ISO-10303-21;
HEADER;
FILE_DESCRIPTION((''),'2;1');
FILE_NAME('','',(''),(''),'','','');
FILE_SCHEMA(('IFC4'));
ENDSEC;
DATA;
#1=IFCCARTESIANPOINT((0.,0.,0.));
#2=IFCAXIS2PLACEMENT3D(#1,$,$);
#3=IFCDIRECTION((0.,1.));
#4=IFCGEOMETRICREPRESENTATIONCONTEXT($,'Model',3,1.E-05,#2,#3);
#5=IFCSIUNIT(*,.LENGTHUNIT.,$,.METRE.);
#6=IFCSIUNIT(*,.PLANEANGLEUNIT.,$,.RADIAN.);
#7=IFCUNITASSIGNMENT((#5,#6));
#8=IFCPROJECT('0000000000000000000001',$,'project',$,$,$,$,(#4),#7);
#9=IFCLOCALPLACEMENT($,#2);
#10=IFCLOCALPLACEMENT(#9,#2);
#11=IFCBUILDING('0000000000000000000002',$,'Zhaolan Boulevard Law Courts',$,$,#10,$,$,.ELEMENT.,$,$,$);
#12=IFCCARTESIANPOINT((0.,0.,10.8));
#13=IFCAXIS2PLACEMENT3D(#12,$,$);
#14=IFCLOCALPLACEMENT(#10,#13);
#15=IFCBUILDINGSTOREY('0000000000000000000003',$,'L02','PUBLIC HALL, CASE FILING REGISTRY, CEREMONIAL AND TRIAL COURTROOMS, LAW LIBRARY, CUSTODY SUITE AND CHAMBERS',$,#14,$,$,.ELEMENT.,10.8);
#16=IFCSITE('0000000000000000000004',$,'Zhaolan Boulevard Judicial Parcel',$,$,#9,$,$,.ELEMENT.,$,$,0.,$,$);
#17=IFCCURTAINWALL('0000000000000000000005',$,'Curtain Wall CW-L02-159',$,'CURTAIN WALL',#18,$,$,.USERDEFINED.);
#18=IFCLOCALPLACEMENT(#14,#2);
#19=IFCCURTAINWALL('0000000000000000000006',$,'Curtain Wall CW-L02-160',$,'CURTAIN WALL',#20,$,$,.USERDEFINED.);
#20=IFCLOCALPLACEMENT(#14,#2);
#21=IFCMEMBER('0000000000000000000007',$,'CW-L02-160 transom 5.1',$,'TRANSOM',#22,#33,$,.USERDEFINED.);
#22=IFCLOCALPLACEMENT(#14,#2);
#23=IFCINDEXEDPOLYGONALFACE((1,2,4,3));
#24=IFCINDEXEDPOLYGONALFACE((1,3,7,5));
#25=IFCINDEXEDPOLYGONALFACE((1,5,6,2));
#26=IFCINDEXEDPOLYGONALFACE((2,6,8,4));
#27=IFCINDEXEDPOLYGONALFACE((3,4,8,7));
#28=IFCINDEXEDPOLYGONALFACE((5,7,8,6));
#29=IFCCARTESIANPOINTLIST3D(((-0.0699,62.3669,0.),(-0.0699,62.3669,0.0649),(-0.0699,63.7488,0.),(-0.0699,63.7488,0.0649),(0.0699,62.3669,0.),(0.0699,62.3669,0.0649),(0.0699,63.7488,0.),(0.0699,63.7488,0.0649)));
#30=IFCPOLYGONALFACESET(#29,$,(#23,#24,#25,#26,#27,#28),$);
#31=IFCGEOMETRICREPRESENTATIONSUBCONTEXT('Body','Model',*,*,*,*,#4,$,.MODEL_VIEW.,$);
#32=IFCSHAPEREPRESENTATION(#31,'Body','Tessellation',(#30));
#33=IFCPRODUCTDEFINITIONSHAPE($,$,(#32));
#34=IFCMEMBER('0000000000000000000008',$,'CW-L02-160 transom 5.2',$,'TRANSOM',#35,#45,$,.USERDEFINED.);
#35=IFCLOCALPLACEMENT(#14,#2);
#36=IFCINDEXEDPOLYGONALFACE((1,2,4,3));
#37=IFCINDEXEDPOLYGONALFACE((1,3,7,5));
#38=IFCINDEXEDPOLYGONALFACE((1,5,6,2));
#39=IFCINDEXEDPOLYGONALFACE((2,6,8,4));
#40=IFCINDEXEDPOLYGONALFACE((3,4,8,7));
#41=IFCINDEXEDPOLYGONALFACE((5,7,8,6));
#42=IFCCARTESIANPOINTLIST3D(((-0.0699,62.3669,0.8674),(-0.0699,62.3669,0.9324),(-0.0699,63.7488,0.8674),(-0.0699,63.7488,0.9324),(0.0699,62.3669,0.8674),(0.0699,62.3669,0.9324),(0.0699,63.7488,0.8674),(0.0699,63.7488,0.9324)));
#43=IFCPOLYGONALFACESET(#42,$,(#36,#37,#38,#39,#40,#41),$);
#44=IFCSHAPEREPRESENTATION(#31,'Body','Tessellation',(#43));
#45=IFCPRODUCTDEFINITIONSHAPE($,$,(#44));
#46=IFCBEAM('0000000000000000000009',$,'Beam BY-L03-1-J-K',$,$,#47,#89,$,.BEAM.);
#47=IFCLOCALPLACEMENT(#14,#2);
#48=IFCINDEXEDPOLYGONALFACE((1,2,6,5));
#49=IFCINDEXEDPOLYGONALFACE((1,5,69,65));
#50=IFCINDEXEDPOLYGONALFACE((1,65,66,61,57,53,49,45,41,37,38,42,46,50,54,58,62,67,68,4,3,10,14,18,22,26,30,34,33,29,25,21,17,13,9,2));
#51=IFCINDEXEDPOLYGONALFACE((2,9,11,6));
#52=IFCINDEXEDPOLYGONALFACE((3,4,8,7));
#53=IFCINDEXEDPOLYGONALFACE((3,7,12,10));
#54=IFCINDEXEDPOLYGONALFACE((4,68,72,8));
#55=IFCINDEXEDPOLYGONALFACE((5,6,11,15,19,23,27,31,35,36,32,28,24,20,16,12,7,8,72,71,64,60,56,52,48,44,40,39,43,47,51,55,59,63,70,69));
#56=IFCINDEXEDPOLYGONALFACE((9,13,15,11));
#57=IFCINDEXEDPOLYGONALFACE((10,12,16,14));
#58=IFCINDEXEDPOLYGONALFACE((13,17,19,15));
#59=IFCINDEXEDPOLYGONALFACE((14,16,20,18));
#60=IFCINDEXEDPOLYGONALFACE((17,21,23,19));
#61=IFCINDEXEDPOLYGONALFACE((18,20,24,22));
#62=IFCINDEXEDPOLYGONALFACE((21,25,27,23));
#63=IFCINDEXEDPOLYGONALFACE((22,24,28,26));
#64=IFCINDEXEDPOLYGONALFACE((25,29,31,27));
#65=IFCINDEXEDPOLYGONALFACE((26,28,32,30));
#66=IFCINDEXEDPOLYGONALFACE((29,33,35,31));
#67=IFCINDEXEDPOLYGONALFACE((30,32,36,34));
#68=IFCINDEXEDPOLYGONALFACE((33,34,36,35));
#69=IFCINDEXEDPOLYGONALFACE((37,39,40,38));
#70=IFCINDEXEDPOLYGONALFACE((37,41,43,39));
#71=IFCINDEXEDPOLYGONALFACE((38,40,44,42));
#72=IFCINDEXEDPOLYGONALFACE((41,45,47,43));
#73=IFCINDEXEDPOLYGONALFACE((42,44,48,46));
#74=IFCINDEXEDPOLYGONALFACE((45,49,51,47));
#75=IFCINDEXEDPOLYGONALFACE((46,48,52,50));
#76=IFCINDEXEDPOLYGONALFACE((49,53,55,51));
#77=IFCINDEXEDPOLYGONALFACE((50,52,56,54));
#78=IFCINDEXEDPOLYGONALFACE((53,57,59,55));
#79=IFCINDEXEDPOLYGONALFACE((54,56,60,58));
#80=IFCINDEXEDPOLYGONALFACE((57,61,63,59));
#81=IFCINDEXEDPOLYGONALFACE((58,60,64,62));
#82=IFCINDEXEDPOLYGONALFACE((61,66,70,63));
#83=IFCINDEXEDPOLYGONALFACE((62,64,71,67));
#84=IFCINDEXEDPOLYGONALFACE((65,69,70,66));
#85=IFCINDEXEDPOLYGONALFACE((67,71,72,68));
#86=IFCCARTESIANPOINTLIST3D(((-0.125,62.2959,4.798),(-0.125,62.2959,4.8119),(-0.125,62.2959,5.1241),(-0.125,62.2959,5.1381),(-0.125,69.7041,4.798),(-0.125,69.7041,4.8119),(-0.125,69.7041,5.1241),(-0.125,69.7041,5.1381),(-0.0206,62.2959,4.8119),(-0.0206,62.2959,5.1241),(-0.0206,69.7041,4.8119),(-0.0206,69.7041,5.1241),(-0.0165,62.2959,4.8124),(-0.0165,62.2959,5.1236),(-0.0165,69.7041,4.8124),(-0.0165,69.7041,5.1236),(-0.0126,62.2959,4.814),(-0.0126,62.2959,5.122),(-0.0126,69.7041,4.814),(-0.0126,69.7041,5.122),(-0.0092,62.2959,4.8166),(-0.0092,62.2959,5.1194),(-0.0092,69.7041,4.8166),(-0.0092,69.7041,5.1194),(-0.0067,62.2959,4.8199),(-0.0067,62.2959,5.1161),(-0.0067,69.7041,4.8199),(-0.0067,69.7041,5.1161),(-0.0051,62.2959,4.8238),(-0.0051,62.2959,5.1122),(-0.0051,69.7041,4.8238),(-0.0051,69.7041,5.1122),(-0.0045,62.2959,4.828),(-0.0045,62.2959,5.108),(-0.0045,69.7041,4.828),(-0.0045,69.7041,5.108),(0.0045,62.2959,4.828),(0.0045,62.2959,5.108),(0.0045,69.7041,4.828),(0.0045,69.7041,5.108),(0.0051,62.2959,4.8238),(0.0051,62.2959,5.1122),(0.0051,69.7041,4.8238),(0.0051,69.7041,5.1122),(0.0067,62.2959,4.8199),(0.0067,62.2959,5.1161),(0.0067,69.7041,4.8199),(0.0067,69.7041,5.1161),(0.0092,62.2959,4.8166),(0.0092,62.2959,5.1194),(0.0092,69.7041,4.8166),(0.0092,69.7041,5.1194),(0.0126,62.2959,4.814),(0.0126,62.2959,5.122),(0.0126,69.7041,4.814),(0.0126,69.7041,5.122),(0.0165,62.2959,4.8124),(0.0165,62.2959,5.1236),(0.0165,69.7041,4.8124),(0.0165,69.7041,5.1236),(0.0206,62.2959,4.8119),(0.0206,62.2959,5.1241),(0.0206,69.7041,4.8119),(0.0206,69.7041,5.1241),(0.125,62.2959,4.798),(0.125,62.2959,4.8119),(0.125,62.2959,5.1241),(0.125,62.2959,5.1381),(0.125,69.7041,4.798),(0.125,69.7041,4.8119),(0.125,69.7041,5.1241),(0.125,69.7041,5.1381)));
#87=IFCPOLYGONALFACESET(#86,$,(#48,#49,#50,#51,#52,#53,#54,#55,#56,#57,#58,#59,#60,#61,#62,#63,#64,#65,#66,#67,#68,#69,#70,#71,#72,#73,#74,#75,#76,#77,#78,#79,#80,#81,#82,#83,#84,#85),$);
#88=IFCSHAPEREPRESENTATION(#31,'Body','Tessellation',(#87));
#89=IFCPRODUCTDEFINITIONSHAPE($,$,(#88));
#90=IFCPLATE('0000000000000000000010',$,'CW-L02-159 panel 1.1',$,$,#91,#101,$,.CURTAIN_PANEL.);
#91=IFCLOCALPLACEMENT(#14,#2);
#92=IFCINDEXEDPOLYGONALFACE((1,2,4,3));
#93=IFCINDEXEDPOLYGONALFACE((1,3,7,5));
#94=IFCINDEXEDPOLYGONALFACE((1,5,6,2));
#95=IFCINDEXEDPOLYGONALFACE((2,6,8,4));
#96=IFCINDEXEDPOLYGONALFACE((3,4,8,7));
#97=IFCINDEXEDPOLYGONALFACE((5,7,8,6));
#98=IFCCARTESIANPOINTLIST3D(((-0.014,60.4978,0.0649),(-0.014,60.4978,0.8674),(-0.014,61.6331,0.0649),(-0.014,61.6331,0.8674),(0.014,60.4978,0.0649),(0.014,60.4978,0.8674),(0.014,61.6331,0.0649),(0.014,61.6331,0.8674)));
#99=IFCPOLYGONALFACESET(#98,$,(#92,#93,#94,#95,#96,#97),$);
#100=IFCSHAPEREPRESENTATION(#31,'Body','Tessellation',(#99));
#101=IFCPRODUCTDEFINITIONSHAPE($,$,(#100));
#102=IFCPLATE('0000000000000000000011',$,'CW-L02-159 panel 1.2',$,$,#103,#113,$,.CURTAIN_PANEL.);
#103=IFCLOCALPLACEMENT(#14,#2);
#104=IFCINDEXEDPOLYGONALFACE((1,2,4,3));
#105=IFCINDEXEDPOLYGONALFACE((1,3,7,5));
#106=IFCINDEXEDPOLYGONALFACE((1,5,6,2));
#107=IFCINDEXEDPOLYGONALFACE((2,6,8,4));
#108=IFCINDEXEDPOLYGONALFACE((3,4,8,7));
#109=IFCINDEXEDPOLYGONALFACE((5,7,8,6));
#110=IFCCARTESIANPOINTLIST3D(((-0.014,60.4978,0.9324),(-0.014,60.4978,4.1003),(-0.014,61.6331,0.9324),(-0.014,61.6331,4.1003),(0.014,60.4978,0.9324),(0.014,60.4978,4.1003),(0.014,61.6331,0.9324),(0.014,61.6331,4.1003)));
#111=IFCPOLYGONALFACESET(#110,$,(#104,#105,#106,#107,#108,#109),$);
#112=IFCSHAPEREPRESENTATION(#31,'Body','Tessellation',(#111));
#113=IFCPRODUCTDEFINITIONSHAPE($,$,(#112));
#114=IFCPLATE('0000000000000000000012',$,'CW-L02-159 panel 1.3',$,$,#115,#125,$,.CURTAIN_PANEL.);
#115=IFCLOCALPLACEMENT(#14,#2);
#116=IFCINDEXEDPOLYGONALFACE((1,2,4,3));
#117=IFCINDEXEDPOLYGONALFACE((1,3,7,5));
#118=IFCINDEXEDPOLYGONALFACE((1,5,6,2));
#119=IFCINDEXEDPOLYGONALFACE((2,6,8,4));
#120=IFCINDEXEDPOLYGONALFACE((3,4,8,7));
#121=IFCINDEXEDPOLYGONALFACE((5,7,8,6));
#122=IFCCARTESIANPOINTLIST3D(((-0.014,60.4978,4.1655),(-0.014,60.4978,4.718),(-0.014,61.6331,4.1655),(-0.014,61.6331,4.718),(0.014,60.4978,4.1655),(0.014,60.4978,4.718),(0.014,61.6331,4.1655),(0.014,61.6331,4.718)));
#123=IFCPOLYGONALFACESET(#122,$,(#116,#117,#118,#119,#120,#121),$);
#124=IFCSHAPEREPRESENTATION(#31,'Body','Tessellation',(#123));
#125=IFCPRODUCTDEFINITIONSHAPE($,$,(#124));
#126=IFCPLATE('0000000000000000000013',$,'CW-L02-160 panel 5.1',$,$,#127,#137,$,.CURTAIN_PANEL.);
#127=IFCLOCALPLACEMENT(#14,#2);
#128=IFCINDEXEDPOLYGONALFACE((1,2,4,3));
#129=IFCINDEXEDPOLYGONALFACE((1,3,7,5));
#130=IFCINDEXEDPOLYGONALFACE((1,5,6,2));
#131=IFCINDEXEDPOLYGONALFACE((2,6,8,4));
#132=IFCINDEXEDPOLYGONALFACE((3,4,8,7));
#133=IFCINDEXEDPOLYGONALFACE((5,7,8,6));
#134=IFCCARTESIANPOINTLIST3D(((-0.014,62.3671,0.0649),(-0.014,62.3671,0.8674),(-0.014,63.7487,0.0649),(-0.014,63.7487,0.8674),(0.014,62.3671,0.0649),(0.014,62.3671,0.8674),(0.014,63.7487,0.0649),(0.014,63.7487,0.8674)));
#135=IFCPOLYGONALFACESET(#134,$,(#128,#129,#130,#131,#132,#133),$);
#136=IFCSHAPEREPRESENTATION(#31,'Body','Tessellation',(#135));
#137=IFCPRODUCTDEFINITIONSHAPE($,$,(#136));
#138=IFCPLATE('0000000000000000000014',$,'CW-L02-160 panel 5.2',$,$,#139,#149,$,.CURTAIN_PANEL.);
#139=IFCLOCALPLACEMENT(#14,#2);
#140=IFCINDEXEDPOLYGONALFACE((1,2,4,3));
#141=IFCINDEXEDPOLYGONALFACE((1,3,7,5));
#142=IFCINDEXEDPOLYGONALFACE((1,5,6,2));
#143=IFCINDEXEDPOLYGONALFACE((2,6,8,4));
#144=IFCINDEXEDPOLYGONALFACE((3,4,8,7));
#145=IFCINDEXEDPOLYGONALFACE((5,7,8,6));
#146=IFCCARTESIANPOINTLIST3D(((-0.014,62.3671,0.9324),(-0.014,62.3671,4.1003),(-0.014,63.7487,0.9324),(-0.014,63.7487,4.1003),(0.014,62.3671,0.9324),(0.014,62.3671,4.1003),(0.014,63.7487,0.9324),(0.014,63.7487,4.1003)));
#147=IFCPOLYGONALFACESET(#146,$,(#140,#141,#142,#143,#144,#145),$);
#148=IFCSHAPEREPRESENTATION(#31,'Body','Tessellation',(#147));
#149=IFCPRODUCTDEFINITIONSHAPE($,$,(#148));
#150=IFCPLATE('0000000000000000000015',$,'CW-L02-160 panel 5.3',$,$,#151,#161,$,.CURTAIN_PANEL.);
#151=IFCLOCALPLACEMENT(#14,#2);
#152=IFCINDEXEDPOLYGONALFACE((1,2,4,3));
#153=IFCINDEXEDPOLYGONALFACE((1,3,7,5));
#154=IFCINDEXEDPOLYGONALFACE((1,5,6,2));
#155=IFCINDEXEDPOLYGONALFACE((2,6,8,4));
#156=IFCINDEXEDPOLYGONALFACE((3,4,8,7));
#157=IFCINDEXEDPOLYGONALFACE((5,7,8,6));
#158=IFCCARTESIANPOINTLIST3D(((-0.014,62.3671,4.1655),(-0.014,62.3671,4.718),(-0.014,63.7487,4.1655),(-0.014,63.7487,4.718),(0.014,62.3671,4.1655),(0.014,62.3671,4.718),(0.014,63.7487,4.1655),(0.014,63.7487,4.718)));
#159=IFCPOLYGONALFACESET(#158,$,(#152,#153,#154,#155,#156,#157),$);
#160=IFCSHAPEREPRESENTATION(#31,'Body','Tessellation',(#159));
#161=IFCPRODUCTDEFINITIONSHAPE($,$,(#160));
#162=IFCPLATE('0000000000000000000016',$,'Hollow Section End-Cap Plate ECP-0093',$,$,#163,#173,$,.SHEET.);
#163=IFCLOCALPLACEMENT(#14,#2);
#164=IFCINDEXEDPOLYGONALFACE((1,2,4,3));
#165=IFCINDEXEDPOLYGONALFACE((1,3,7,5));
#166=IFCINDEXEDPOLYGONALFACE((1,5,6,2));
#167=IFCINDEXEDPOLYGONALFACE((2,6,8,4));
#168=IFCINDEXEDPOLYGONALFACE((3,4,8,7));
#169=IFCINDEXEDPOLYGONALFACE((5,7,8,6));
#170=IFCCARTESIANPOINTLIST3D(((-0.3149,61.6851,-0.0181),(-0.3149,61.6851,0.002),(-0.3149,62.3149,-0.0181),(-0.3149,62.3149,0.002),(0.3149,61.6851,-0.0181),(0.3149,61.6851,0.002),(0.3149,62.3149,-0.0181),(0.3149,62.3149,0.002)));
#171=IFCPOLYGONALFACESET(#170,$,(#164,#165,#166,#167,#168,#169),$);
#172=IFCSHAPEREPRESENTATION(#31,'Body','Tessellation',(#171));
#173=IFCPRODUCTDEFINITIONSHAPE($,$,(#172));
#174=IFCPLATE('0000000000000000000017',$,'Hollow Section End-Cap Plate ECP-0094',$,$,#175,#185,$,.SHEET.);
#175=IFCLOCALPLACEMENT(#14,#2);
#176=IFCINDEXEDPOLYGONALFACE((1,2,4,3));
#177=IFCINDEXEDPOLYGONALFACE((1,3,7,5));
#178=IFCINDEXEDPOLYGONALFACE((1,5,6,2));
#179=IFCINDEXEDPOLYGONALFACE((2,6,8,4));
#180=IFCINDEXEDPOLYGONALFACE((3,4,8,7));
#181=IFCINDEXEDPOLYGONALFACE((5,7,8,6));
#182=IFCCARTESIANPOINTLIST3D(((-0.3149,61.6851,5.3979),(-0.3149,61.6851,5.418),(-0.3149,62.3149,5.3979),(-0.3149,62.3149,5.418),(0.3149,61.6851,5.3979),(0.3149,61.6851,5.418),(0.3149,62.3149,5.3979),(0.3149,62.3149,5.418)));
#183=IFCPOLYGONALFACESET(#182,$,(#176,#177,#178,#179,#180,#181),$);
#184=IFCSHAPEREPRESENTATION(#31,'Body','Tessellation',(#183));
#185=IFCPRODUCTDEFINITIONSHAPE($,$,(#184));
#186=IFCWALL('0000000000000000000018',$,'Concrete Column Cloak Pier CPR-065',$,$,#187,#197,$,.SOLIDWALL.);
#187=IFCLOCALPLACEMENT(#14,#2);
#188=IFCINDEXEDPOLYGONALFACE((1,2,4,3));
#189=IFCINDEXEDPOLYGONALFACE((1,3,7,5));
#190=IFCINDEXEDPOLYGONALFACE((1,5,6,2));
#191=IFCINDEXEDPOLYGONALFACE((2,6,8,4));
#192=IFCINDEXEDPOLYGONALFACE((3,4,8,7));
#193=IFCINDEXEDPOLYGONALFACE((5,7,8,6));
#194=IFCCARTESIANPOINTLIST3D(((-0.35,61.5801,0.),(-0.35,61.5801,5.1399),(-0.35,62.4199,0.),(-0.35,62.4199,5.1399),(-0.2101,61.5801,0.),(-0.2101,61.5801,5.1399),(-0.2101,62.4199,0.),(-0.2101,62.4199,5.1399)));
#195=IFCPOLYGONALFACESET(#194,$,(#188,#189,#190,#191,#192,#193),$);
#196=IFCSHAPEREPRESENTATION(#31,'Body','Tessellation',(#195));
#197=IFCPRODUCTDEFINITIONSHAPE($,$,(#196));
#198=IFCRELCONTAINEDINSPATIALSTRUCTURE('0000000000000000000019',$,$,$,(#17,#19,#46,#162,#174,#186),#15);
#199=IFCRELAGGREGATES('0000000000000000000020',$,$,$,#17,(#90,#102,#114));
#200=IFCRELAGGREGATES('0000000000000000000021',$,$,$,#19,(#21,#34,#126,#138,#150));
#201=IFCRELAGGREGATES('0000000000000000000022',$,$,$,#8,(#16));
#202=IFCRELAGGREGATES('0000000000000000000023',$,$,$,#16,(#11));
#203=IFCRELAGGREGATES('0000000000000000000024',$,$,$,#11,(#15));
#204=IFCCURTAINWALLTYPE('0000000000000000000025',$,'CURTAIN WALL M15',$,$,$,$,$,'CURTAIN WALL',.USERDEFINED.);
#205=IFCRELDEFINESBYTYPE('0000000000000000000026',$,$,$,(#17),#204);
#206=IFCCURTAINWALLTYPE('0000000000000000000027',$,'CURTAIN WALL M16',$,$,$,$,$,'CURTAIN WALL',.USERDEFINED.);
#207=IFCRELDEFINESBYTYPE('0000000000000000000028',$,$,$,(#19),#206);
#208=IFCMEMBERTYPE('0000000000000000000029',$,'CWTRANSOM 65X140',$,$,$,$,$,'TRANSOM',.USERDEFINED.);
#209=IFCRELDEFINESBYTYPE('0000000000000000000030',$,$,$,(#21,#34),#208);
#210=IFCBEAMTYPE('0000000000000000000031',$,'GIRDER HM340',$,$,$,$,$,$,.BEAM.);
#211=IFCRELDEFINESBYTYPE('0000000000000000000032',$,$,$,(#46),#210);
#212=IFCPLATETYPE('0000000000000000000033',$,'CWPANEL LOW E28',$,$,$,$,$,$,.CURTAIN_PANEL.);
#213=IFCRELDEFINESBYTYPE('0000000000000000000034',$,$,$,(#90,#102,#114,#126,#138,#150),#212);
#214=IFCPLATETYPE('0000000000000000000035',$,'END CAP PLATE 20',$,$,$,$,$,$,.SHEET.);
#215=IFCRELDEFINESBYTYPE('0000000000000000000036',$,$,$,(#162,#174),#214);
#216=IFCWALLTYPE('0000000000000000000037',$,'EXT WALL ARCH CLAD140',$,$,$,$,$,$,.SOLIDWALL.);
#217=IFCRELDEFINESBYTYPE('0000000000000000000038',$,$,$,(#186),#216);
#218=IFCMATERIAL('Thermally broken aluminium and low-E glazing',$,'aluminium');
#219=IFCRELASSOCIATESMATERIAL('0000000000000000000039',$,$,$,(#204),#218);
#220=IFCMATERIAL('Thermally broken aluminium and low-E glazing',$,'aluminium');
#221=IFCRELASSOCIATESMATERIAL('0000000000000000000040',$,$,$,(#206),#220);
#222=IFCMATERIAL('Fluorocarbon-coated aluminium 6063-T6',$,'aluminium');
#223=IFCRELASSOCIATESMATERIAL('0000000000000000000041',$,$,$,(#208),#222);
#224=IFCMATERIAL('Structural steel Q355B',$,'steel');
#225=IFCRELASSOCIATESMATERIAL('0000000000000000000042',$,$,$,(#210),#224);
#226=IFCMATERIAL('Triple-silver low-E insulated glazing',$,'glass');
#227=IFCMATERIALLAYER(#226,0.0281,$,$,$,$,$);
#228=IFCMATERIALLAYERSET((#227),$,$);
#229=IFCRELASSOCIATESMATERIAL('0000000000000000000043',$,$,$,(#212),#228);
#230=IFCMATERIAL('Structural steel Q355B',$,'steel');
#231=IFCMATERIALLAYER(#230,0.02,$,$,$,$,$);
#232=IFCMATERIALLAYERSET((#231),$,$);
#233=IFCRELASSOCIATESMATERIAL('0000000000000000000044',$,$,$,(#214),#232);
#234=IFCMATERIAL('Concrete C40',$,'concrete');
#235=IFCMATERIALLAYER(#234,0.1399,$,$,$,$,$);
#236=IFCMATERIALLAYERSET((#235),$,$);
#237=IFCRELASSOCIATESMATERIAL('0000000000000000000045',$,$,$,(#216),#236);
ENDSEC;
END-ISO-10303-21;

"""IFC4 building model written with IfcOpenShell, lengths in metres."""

from ifc_helpers import new_model, si_unit, direction, frame, frame_2d, origin, origin_2d, place, context, subcontext, project, spatial, rectangle, i_section, extrude, material, layer, layer_set, material_profile, profile_set, type_object, element, aggregate, save


model = new_model("IFC4")

# Units and contexts
model_context = context("Model", 3, precision=1e-05, world=origin(), true_north=direction((0.0, 1.0)))
body_context = subcontext(model_context, "Body", "Model", "MODEL_VIEW")
ifc_project = project(units=[si_unit("LENGTHUNIT", "METRE"), si_unit("PLANEANGLEUNIT", "RADIAN")], contexts=[model_context])

# Site, building, storey
site_placement = place(None, origin())
site = spatial("IfcSite", under=ifc_project, at=site_placement, Name="Zhaolan Boulevard Judicial Parcel", CompositionType="ELEMENT", RefElevation=0.0)
building_placement = place(site_placement, origin())
building = spatial("IfcBuilding", under=site, at=building_placement, Name="Zhaolan Boulevard Law Courts", CompositionType="ELEMENT")
storey_placement = place(building_placement, frame((0.0, 0.0, 10.8)))
storey = spatial("IfcBuildingStorey", under=building, at=storey_placement, Name="L02", Description="PUBLIC HALL, CASE FILING REGISTRY, CEREMONIAL AND TRIAL COURTROOMS, LAW LIBRARY, CUSTODY SUITE AND CHAMBERS", CompositionType="ELEMENT", Elevation=10.8)

# Curtain wall
ifc_material_1 = material(Name="Thermally broken aluminium and low-E glazing", Category="aluminium")
curtain_wall_type_1 = type_object("IfcCurtainWallType", Name="CURTAIN WALL M15", ElementType="CURTAIN WALL", PredefinedType="USERDEFINED", material=ifc_material_1)
curtain_wall_1_placement = place(storey_placement, origin())
curtain_wall_1 = element("IfcCurtainWall", 1, at=curtain_wall_1_placement, inside=storey, type_object=curtain_wall_type_1, Name="Curtain Wall CW-L02-159", ObjectType="CURTAIN WALL", PredefinedType="USERDEFINED")

# Curtain wall
ifc_material_2 = material(Name="Thermally broken aluminium and low-E glazing", Category="aluminium")
curtain_wall_type_2 = type_object("IfcCurtainWallType", Name="CURTAIN WALL M16", ElementType="CURTAIN WALL", PredefinedType="USERDEFINED", material=ifc_material_2)
curtain_wall_2_placement = place(storey_placement, origin())
curtain_wall_2 = element("IfcCurtainWall", 2, at=curtain_wall_2_placement, inside=storey, type_object=curtain_wall_type_2, Name="Curtain Wall CW-L02-160", ObjectType="CURTAIN WALL", PredefinedType="USERDEFINED")

# Members
ifc_material_3 = material(Name="Fluorocarbon-coated aluminium 6063-T6", Category="aluminium")
ifc_material_profile_1 = material_profile(ifc_material_3, rectangle(XDim=0.1399, YDim=0.0649, at=origin_2d()), Name="AL65x140")
ifc_profile_set_1 = profile_set([ifc_material_profile_1], Name="Fluorocarbon-coated aluminium 6063-T6")
member_type_1 = type_object("IfcMemberType", Name="CWTRANSOM 65X140", ElementType="TRANSOM", PredefinedType="USERDEFINED", material=ifc_profile_set_1)
member_1_placement = place(storey_placement, frame((0.0, 63.7488, 0.0325), z_axis=(0.0, -1.0, 0.0), x_axis=(1.0, 0.0, 0.0)))
member_1 = element("IfcMember", 3, at=member_1_placement, type_object=member_type_1, Name="CW-L02-160 transom 5.1", ObjectType="TRANSOM", PredefinedType="USERDEFINED", context=body_context, shape_type="SweptSolid", body=[
    extrude(rectangle(XDim=0.1399, YDim=0.0649, at=origin_2d()), origin(), (0.0, 0.0, 1.0), 1.3818),
])
member_2_placement = place(storey_placement, frame((0.0, 63.7488, 0.8999), z_axis=(0.0, -1.0, 0.0), x_axis=(1.0, 0.0, 0.0)))
member_2 = element("IfcMember", 4, at=member_2_placement, type_object=member_type_1, Name="CW-L02-160 transom 5.2", ObjectType="TRANSOM", PredefinedType="USERDEFINED", context=body_context, shape_type="SweptSolid", body=[
    extrude(rectangle(XDim=0.1399, YDim=0.0649, at=origin_2d()), origin(), (0.0, 0.0, 1.0), 1.3818),
])

# Beam
ifc_material_4 = material(Name="Structural steel Q355B", Category="steel")
ifc_material_profile_2 = material_profile(ifc_material_4, i_section(OverallWidth=0.25, OverallDepth=0.3401, WebThickness=0.009, FlangeThickness=0.0139, FilletRadius=0.0161, at=origin_2d()), Name="HM340x250")
ifc_profile_set_2 = profile_set([ifc_material_profile_2], Name="Structural steel Q355B")
beam_type = type_object("IfcBeamType", Name="GIRDER HM340", PredefinedType="BEAM", material=ifc_profile_set_2)
beam_placement = place(storey_placement, frame((0.0, 62.2959, 4.968), z_axis=(0.0, 1.0, 0.0), x_axis=(-1.0, 0.0, 0.0)))
element("IfcBeam", 5, at=beam_placement, inside=storey, type_object=beam_type, Name="Beam BY-L03-1-J-K", PredefinedType="BEAM", context=body_context, shape_type="SweptSolid", body=[
    extrude(i_section(OverallWidth=0.25, OverallDepth=0.3401, WebThickness=0.009, FlangeThickness=0.0139, FilletRadius=0.0161, at=origin_2d()), origin(), (0.0, 0.0, 1.0), 7.4082),
])

# Plates
ifc_material_5 = material(Name="Triple-silver low-E insulated glazing", Category="glass")
ifc_layer_1 = layer(ifc_material_5, 0.0281)
ifc_layer_set_1 = layer_set([ifc_layer_1])
plate_type_1 = type_object("IfcPlateType", Name="CWPANEL LOW E28", PredefinedType="CURTAIN_PANEL", material=ifc_layer_set_1)
plate_1_placement = place(storey_placement, frame((0.0, 61.0654, 0.0649), z_axis=(0.0, 0.0, 1.0), x_axis=(0.0, -1.0, 0.0)))
plate_1 = element("IfcPlate", 6, at=plate_1_placement, type_object=plate_type_1, Name="CW-L02-159 panel 1.1", PredefinedType="CURTAIN_PANEL", context=body_context, shape_type="SweptSolid", body=[
    extrude(rectangle(XDim=1.1353, YDim=0.0281, at=origin_2d()), origin(), (0.0, 0.0, 1.0), 0.8025),
])
plate_2_placement = place(storey_placement, frame((0.0, 61.0654, 0.9324), z_axis=(0.0, 0.0, 1.0), x_axis=(0.0, -1.0, 0.0)))
plate_2 = element("IfcPlate", 7, at=plate_2_placement, type_object=plate_type_1, Name="CW-L02-159 panel 1.2", PredefinedType="CURTAIN_PANEL", context=body_context, shape_type="SweptSolid", body=[
    extrude(rectangle(XDim=1.1353, YDim=0.0281, at=origin_2d()), origin(), (0.0, 0.0, 1.0), 3.168),
])
plate_3_placement = place(storey_placement, frame((0.0, 61.0654, 4.1655), z_axis=(0.0, 0.0, 1.0), x_axis=(0.0, -1.0, 0.0)))
plate_3 = element("IfcPlate", 8, at=plate_3_placement, type_object=plate_type_1, Name="CW-L02-159 panel 1.3", PredefinedType="CURTAIN_PANEL", context=body_context, shape_type="SweptSolid", body=[
    extrude(rectangle(XDim=1.1353, YDim=0.0281, at=origin_2d()), origin(), (0.0, 0.0, 1.0), 0.5525),
])
aggregate(curtain_wall_1, [plate_1, plate_2, plate_3])
plate_4_placement = place(storey_placement, frame((0.0, 63.0579, 0.0649), z_axis=(0.0, 0.0, 1.0), x_axis=(0.0, -1.0, 0.0)))
plate_4 = element("IfcPlate", 9, at=plate_4_placement, type_object=plate_type_1, Name="CW-L02-160 panel 5.1", PredefinedType="CURTAIN_PANEL", context=body_context, shape_type="SweptSolid", body=[
    extrude(rectangle(XDim=1.3816, YDim=0.0281, at=origin_2d()), origin(), (0.0, 0.0, 1.0), 0.8025),
])
plate_5_placement = place(storey_placement, frame((0.0, 63.0579, 0.9324), z_axis=(0.0, 0.0, 1.0), x_axis=(0.0, -1.0, 0.0)))
plate_5 = element("IfcPlate", 10, at=plate_5_placement, type_object=plate_type_1, Name="CW-L02-160 panel 5.2", PredefinedType="CURTAIN_PANEL", context=body_context, shape_type="SweptSolid", body=[
    extrude(rectangle(XDim=1.3816, YDim=0.0281, at=origin_2d()), origin(), (0.0, 0.0, 1.0), 3.168),
])
plate_6_placement = place(storey_placement, frame((0.0, 63.0579, 4.1655), z_axis=(0.0, 0.0, 1.0), x_axis=(0.0, -1.0, 0.0)))
plate_6 = element("IfcPlate", 11, at=plate_6_placement, type_object=plate_type_1, Name="CW-L02-160 panel 5.3", PredefinedType="CURTAIN_PANEL", context=body_context, shape_type="SweptSolid", body=[
    extrude(rectangle(XDim=1.3816, YDim=0.0281, at=origin_2d()), origin(), (0.0, 0.0, 1.0), 0.5525),
])
aggregate(curtain_wall_2, [member_1, member_2, plate_4, plate_5, plate_6])

# Plates
ifc_material_6 = material(Name="Structural steel Q355B", Category="steel")
ifc_layer_2 = layer(ifc_material_6, 0.02)
ifc_layer_set_2 = layer_set([ifc_layer_2])
plate_type_2 = type_object("IfcPlateType", Name="END CAP PLATE 20", PredefinedType="SHEET", material=ifc_layer_set_2)
for number, where, z_axis, x_axis, name in (
    (12, (0.0, 62.0, -0.0181), (0.0, 0.0, 1.0), (1.0, 0.0, 0.0), "Hollow Section End-Cap Plate ECP-0093"),
    (13, (0.0, 62.0, 5.3979), (0.0, 0.0, 1.0), (1.0, 0.0, 0.0), "Hollow Section End-Cap Plate ECP-0094"),
):
    element("IfcPlate", number, at=place(storey_placement, frame(where, z_axis=z_axis, x_axis=x_axis)), inside=storey, type_object=plate_type_2, Name=name, PredefinedType="SHEET", context=body_context, shape_type="SweptSolid", body=[
        extrude(rectangle(XDim=0.6299, YDim=0.6299, at=origin_2d()), origin(), (0.0, 0.0, 1.0), 0.02),
    ])

# Wall
ifc_material_7 = material(Name="Concrete C40", Category="concrete")
ifc_layer_3 = layer(ifc_material_7, 0.1399)
ifc_layer_set_3 = layer_set([ifc_layer_3])
wall_type = type_object("IfcWallType", Name="EXT WALL ARCH CLAD140", PredefinedType="SOLIDWALL", material=ifc_layer_set_3)
for number, where, z_axis, x_axis, name in (
    (14, (-0.28, 61.5801, 0.0), (0.0, 0.0, 1.0), (0.0, 1.0, 0.0), "Concrete Column Cloak Pier CPR-065"),
):
    element("IfcWall", number, at=place(storey_placement, frame(where, z_axis=z_axis, x_axis=x_axis)), inside=storey, type_object=wall_type, Name=name, PredefinedType="SOLIDWALL", context=body_context, shape_type="SweptSolid", body=[
        extrude(rectangle(XDim=0.8398, YDim=0.1399, at=frame_2d((0.4199, 0.0))), origin(), (0.0, 0.0, 1.0), 5.1399),
    ])

save(model, "model.ifc")
